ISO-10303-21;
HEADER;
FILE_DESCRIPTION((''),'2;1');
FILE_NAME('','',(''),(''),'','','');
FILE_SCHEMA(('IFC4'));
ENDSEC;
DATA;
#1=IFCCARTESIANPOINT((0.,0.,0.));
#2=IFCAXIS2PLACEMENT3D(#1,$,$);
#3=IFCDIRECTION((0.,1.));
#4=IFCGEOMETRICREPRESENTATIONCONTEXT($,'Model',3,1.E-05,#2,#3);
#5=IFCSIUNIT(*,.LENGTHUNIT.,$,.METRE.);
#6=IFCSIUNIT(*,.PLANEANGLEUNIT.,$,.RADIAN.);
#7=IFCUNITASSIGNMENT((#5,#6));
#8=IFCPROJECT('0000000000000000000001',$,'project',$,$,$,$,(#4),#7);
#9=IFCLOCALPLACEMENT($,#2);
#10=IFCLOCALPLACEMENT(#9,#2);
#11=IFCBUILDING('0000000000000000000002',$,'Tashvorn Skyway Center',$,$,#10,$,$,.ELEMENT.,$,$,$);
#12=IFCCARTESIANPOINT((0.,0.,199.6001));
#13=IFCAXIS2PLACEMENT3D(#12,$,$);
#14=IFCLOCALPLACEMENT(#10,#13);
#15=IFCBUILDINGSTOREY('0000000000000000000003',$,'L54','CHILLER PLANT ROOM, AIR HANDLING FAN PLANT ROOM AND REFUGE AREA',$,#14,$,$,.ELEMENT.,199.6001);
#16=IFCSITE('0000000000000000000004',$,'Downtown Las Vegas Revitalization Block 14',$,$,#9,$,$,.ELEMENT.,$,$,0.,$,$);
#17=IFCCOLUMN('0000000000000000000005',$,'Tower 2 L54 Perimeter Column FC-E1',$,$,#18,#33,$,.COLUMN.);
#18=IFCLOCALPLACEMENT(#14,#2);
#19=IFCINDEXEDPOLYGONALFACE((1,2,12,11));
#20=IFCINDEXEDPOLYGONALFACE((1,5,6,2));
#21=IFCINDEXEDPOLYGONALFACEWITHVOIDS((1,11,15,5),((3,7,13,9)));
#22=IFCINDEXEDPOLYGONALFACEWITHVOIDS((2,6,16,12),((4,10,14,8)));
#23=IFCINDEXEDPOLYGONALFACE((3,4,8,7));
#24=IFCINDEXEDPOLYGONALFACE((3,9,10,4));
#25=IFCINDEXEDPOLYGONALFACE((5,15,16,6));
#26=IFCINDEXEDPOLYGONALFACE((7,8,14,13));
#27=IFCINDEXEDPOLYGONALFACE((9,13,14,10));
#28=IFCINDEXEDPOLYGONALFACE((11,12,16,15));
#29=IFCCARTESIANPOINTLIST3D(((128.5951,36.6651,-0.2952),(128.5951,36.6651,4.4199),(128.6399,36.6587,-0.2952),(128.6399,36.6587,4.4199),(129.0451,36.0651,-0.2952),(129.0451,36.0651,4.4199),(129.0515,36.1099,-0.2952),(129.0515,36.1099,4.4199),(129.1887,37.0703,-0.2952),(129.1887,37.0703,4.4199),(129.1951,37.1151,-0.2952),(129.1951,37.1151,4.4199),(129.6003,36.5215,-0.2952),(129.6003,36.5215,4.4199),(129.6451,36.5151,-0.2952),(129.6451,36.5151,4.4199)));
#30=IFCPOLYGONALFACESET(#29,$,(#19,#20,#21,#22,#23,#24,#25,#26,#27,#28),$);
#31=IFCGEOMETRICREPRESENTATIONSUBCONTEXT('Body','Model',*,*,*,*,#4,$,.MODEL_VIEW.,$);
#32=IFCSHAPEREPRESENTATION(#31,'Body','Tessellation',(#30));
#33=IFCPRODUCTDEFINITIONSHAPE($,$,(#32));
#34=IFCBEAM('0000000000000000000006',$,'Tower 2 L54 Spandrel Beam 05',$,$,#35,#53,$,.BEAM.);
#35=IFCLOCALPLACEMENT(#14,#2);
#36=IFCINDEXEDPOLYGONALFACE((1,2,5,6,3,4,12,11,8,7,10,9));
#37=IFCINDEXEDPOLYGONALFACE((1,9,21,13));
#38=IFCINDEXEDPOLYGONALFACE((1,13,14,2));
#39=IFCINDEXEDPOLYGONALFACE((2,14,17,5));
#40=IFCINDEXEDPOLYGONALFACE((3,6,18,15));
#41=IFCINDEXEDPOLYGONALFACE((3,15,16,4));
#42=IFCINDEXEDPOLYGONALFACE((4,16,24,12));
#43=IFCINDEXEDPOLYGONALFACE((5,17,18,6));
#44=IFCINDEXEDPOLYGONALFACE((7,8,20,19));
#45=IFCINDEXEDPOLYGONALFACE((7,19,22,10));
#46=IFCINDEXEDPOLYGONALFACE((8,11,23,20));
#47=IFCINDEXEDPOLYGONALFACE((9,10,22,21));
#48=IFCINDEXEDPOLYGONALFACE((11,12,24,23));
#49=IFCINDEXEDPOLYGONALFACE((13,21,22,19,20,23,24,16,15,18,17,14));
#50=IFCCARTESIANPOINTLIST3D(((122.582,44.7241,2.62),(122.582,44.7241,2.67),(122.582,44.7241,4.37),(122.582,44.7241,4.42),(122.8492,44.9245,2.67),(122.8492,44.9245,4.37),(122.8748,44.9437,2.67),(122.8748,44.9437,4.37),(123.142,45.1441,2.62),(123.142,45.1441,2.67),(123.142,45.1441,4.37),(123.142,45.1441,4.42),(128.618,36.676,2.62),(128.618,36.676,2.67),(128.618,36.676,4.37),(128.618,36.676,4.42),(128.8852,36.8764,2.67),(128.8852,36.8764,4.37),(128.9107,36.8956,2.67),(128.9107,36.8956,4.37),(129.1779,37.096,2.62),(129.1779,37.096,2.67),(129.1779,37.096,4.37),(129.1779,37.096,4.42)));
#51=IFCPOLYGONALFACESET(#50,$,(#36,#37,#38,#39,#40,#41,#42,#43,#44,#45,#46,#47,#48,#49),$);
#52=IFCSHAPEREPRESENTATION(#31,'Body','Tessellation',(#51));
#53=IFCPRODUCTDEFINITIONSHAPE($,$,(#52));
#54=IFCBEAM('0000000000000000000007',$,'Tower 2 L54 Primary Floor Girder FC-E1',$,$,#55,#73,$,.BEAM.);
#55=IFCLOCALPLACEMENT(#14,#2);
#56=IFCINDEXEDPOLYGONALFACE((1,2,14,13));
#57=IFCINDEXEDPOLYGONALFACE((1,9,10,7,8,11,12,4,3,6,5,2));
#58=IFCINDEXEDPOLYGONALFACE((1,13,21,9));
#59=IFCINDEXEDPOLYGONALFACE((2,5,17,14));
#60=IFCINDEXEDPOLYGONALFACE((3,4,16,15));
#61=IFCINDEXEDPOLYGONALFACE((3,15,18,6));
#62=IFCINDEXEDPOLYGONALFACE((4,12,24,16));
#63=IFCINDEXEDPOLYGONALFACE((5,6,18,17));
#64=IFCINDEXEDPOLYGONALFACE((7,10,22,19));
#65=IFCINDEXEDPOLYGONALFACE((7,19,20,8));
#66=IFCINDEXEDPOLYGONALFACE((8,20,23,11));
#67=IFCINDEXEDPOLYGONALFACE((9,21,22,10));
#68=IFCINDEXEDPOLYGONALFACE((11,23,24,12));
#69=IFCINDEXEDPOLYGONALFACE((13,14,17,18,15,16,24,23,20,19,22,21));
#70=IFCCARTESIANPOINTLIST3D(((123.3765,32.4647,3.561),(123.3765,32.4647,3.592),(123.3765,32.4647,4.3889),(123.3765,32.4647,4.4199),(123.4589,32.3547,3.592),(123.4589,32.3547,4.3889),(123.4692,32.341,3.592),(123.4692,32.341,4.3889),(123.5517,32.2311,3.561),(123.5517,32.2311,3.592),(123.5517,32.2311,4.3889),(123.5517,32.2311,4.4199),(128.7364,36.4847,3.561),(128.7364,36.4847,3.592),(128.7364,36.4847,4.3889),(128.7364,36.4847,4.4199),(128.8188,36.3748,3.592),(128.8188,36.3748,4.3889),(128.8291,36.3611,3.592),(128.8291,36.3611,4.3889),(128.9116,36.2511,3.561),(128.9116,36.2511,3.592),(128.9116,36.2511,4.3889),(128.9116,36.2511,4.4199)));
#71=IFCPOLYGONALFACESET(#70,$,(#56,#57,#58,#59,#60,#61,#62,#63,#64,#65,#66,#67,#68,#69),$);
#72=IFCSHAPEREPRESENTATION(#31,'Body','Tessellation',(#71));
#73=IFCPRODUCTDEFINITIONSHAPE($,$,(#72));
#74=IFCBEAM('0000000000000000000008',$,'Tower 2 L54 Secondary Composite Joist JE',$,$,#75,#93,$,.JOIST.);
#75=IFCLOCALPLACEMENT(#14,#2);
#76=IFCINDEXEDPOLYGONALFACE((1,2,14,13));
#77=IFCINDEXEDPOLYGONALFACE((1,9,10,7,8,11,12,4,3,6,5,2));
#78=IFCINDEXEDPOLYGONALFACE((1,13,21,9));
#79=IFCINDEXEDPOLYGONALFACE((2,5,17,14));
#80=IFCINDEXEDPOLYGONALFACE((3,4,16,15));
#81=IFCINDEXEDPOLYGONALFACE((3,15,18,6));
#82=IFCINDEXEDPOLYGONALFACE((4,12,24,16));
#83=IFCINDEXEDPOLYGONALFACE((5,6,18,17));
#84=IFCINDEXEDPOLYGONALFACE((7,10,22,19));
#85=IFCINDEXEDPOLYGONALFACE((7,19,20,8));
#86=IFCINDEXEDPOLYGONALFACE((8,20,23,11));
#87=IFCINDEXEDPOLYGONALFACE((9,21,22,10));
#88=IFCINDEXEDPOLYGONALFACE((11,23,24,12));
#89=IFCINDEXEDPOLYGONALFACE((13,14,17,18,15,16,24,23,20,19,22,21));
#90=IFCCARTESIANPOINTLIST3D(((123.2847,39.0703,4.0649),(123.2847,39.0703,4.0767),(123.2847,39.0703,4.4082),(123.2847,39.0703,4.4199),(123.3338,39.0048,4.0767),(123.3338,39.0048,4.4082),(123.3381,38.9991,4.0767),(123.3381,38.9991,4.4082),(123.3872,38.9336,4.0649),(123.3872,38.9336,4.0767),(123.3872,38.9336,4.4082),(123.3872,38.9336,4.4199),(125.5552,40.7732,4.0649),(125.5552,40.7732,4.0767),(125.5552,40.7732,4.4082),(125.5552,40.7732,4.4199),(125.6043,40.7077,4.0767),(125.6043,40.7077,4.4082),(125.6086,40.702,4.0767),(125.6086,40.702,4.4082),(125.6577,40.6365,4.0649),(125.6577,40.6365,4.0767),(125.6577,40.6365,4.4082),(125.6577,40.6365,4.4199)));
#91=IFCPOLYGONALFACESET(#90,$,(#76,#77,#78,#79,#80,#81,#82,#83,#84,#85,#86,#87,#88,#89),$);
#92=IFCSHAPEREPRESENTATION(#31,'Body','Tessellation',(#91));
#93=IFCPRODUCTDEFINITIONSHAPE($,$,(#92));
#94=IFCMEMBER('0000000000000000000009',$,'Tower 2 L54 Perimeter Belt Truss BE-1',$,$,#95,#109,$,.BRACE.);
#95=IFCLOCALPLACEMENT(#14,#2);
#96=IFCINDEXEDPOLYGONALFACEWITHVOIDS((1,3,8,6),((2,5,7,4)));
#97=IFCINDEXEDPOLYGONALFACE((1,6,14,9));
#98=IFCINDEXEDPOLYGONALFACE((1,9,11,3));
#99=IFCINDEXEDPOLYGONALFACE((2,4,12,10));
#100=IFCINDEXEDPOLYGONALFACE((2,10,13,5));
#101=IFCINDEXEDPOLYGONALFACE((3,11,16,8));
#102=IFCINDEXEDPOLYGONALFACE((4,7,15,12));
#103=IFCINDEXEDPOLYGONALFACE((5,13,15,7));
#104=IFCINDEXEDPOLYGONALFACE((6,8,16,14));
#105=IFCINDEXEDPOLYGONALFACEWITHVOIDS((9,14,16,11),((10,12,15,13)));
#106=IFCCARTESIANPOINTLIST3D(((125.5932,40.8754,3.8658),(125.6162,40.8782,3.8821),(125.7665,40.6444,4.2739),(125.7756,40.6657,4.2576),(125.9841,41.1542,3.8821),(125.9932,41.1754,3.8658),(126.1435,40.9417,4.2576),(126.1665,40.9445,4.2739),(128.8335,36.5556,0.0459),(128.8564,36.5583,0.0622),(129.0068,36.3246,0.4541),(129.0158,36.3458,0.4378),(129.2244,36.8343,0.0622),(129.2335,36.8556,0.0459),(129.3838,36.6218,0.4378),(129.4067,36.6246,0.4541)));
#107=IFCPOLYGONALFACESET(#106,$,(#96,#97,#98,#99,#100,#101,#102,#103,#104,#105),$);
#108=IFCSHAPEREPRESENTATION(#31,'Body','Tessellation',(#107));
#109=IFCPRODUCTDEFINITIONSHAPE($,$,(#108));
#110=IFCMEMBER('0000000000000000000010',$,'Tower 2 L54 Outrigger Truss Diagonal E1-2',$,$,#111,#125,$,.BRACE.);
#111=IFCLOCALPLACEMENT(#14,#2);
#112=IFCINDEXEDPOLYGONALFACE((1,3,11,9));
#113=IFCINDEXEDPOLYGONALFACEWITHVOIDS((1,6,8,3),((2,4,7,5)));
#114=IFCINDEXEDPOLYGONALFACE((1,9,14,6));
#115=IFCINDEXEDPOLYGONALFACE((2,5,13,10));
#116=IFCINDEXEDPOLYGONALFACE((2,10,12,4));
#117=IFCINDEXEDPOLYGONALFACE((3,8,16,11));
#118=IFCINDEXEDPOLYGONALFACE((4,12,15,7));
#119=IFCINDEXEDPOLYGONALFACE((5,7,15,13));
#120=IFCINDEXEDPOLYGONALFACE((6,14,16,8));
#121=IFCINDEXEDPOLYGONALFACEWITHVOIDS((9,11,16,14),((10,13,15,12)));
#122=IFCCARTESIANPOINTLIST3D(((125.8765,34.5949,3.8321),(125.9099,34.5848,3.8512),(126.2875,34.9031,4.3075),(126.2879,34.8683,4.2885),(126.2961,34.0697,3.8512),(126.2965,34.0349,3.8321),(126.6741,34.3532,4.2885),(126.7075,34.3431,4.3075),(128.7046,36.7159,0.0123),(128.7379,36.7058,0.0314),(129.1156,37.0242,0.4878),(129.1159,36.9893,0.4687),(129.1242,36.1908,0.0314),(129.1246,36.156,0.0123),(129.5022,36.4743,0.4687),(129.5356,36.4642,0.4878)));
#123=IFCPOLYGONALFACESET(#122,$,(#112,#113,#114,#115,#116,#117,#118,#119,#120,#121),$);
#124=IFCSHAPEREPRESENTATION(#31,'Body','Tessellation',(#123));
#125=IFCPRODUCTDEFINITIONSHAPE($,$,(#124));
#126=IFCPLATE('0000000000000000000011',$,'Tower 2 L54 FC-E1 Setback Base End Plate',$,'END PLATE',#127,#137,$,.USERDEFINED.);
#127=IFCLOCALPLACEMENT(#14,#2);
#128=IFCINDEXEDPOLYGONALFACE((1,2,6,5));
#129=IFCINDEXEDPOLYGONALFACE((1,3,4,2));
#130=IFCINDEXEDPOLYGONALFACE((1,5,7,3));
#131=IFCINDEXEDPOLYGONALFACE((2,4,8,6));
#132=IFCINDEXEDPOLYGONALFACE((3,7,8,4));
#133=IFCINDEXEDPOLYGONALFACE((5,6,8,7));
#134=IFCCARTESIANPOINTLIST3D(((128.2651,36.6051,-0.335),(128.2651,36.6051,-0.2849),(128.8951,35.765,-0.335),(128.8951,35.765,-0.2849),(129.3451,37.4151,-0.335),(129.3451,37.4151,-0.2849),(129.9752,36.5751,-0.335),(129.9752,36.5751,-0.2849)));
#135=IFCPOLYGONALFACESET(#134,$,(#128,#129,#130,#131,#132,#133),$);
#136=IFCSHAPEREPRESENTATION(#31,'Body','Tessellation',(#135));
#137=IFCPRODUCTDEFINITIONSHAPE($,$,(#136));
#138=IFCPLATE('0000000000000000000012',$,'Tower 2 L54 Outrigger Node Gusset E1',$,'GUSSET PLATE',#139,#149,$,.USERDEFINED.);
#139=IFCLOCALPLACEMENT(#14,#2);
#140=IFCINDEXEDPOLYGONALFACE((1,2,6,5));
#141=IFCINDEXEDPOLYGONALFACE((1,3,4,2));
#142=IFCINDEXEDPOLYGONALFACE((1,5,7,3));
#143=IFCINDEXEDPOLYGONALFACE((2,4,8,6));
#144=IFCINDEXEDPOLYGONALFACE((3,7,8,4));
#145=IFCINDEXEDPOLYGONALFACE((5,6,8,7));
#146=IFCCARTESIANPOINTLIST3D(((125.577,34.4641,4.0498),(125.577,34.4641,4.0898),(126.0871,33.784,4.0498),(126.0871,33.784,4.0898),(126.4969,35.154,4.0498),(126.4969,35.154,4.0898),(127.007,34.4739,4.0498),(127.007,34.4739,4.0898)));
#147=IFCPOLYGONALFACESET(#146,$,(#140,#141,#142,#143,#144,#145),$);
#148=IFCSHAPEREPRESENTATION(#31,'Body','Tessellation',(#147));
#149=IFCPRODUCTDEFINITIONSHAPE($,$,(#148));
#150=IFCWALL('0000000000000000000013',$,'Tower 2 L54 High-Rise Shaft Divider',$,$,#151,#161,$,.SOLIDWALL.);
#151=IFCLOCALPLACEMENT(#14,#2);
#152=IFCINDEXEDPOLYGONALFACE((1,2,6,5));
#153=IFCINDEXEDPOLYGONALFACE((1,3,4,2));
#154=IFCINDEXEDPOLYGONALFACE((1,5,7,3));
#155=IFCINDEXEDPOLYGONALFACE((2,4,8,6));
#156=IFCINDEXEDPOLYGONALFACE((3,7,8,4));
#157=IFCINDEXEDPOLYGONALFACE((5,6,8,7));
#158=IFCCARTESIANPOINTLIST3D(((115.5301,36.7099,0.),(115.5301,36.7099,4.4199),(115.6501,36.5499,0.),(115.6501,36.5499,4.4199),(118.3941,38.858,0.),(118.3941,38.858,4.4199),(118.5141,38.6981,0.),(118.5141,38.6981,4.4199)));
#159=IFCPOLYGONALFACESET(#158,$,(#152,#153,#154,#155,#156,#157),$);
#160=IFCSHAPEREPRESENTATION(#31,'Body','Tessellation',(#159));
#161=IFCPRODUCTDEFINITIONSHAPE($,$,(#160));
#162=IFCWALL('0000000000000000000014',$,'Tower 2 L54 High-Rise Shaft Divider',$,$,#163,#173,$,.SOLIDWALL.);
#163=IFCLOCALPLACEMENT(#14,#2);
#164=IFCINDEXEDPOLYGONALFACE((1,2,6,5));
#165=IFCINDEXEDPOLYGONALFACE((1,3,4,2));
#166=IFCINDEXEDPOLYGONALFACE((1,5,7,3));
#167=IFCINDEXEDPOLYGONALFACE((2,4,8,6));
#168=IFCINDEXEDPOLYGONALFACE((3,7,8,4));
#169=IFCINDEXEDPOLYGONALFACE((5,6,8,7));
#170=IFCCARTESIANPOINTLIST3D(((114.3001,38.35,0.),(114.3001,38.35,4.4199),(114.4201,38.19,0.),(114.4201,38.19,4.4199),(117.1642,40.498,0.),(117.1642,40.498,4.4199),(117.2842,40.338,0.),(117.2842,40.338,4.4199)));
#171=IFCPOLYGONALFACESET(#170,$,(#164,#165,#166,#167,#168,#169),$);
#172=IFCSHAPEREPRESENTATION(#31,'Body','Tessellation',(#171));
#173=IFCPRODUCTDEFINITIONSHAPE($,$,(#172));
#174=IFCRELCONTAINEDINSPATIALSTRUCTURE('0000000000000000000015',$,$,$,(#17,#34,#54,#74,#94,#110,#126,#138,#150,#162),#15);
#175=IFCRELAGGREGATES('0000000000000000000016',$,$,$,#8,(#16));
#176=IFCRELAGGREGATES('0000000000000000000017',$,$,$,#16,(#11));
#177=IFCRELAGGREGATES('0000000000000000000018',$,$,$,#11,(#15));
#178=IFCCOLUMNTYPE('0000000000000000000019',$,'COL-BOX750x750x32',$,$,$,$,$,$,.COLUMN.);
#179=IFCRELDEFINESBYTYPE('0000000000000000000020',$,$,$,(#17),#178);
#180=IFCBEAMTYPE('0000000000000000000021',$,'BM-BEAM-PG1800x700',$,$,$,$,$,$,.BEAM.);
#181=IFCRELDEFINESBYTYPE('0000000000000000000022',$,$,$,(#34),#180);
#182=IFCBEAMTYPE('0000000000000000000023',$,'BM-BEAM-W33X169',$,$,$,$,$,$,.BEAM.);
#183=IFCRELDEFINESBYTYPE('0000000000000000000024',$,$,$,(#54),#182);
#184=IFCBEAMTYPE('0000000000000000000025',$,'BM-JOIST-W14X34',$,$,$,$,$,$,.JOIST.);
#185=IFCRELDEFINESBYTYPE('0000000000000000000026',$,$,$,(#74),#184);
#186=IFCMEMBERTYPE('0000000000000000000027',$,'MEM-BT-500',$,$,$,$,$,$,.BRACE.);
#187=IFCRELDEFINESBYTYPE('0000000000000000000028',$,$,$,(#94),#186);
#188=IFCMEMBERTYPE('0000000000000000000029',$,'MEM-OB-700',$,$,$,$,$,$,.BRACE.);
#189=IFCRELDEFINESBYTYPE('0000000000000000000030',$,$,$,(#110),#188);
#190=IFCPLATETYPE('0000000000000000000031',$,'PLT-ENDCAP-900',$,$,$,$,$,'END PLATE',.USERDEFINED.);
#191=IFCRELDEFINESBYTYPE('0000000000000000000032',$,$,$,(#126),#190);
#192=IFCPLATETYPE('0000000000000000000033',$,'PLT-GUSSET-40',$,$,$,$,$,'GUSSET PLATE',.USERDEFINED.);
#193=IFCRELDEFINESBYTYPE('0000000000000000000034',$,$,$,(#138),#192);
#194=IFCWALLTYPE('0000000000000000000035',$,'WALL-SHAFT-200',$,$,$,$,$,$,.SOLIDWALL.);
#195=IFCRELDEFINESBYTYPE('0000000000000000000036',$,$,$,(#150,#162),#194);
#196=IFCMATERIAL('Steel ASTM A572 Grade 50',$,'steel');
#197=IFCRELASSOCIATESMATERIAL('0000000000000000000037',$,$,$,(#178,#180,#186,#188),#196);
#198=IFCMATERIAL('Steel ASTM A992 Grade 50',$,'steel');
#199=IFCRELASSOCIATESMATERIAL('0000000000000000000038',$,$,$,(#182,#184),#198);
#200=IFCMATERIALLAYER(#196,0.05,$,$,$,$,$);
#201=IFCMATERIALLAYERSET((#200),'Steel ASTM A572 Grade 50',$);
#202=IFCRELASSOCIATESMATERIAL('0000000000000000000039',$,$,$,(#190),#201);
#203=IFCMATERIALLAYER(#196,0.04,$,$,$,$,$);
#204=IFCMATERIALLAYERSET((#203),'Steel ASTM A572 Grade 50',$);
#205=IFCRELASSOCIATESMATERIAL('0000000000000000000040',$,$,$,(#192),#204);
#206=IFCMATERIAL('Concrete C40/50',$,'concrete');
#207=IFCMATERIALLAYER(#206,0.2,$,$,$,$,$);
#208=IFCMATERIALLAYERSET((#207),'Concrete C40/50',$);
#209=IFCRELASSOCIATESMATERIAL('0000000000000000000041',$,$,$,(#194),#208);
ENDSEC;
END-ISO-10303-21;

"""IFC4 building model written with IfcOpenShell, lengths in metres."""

from ifc_helpers import new_model, si_unit, direction, frame, frame_2d, origin, origin_2d, place, context, subcontext, project, spatial, rectangle, hollow_rectangle, i_section, extrude, material, layer, layer_set, material_profile, profile_set, type_object, element, save


model = new_model("IFC4")

# Units and contexts
model_context = context("Model", 3, precision=1e-05, world=origin(), true_north=direction((0.0, 1.0)))
body_context = subcontext(model_context, "Body", "Model", "MODEL_VIEW")
ifc_project = project(units=[si_unit("LENGTHUNIT", "METRE"), si_unit("PLANEANGLEUNIT", "RADIAN")], contexts=[model_context])

# Site, building, storey
site_placement = place(None, origin())
site = spatial("IfcSite", under=ifc_project, at=site_placement, Name="Downtown Las Vegas Revitalization Block 14", CompositionType="ELEMENT", RefElevation=0.0)
building_placement = place(site_placement, origin())
building = spatial("IfcBuilding", under=site, at=building_placement, Name="Tashvorn Skyway Center", CompositionType="ELEMENT")
storey_placement = place(building_placement, frame((0.0, 0.0, 199.6001)))
storey = spatial("IfcBuildingStorey", under=building, at=storey_placement, Name="L54", Description="CHILLER PLANT ROOM, AIR HANDLING FAN PLANT ROOM AND REFUGE AREA", CompositionType="ELEMENT", Elevation=199.6001)

# Column
ifc_material_1 = material(Name="Steel ASTM A572 Grade 50", Category="steel")
ifc_material_profile_1 = material_profile(ifc_material_1, hollow_rectangle(XDim=0.75, YDim=0.75, WallThickness=0.032, at=origin_2d()), Name="BOX750x750x32")
ifc_profile_set_1 = profile_set([ifc_material_profile_1], Name="Steel ASTM A572 Grade 50")
column_type = type_object("IfcColumnType", Name="COL-BOX750x750x32", PredefinedType="COLUMN", material=ifc_profile_set_1)
column_placement = place(storey_placement, frame((129.1201, 36.5901, -0.2952), z_axis=(0.0, 0.0, 1.0), x_axis=(0.8, 0.6, 0.0)))
element("IfcColumn", 1, at=column_placement, inside=storey, type_object=column_type, Name="Tower 2 L54 Perimeter Column FC-E1", PredefinedType="COLUMN", context=body_context, shape_type="SweptSolid", body=[
    extrude(hollow_rectangle(XDim=0.75, YDim=0.75, WallThickness=0.032, at=origin_2d()), origin(), (0.0, 0.0, 1.0), 4.7151),
])

# Beams
ifc_material_profile_2 = material_profile(ifc_material_1, i_section(OverallWidth=0.7, OverallDepth=1.8, WebThickness=0.032, FlangeThickness=0.05, at=origin_2d()), Name="PG1800x700")
ifc_profile_set_2 = profile_set([ifc_material_profile_2], Name="Steel ASTM A572 Grade 50")
beam_type_1 = type_object("IfcBeamType", Name="BM-BEAM-PG1800x700", PredefinedType="BEAM", material=ifc_profile_set_2)
beam_1_placement = place(storey_placement, frame((128.8979, 36.886, 3.52), z_axis=(-0.599988, 0.800009, 0.0), x_axis=(-0.800009, -0.599988, 0.0)))
element("IfcBeam", 2, at=beam_1_placement, inside=storey, type_object=beam_type_1, Name="Tower 2 L54 Spandrel Beam 05", PredefinedType="BEAM", context=body_context, shape_type="SweptSolid", body=[
    extrude(i_section(OverallWidth=0.7, OverallDepth=1.8, WebThickness=0.032, FlangeThickness=0.05, at=origin_2d()), origin(), (0.0, 0.0, 1.0), 10.0601),
])
ifc_material_2 = material(Name="Steel ASTM A992 Grade 50", Category="steel")
ifc_material_profile_3 = material_profile(ifc_material_2, i_section(OverallWidth=0.292, OverallDepth=0.8589, WebThickness=0.0171, FlangeThickness=0.031, at=origin_2d()), Name="W33X169")
ifc_profile_set_3 = profile_set([ifc_material_profile_3], Name="Steel ASTM A992 Grade 50")
beam_type_2 = type_object("IfcBeamType", Name="BM-BEAM-W33X169", PredefinedType="BEAM", material=ifc_profile_set_3)
beam_2_placement = place(storey_placement, frame((128.824, 36.3679, 3.9905), z_axis=(-0.799991, -0.600012, 0.0), x_axis=(0.600012, -0.799991, 0.0)))
element("IfcBeam", 3, at=beam_2_placement, inside=storey, type_object=beam_type_2, Name="Tower 2 L54 Primary Floor Girder FC-E1", PredefinedType="BEAM", context=body_context, shape_type="SweptSolid", body=[
    extrude(i_section(OverallWidth=0.292, OverallDepth=0.8589, WebThickness=0.0171, FlangeThickness=0.031, at=origin_2d()), origin(), (0.0, 0.0, 1.0), 6.7),
])
ifc_material_profile_4 = material_profile(ifc_material_2, i_section(OverallWidth=0.1709, OverallDepth=0.355, WebThickness=0.0071, FlangeThickness=0.0117, at=origin_2d()), Name="W14X34")
ifc_profile_set_4 = profile_set([ifc_material_profile_4], Name="Steel ASTM A992 Grade 50")
beam_type_3 = type_object("IfcBeamType", Name="BM-JOIST-W14X34", PredefinedType="JOIST", material=ifc_profile_set_4)
beam_3_placement = place(storey_placement, frame((123.3359, 39.002, 4.2424), z_axis=(0.8, 0.6, 0.0), x_axis=(-0.6, 0.8, 0.0)))
element("IfcBeam", 4, at=beam_3_placement, inside=storey, type_object=beam_type_3, Name="Tower 2 L54 Secondary Composite Joist JE", PredefinedType="JOIST", context=body_context, shape_type="SweptSolid", body=[
    extrude(i_section(OverallWidth=0.1709, OverallDepth=0.355, WebThickness=0.0071, FlangeThickness=0.0117, at=origin_2d()), origin(), (0.0, 0.0, 1.0), 2.8381),
])

# Members
ifc_material_profile_5 = material_profile(ifc_material_1, hollow_rectangle(XDim=0.5, YDim=0.5, WallThickness=0.02, at=origin_2d()), Name="HSS500x500x20")
ifc_profile_set_5 = profile_set([ifc_material_profile_5], Name="Steel ASTM A572 Grade 50")
member_type_1 = type_object("IfcMemberType", Name="MEM-BT-500", PredefinedType="BRACE", material=ifc_profile_set_5)
member_1_placement = place(storey_placement, frame((129.1201, 36.5901, 0.25), z_axis=(-0.489871, 0.653088, 0.577496), x_axis=(-0.799967, -0.600043, 0.0)))
element("IfcMember", 5, at=member_1_placement, inside=storey, type_object=member_type_1, Name="Tower 2 L54 Perimeter Belt Truss BE-1", PredefinedType="BRACE", context=body_context, shape_type="SweptSolid", body=[
    extrude(hollow_rectangle(XDim=0.5, YDim=0.5, WallThickness=0.02, at=origin_2d()), origin(), (0.0, 0.0, 1.0), 6.6145),
])
ifc_material_profile_6 = material_profile(ifc_material_1, hollow_rectangle(XDim=0.7, YDim=0.7, WallThickness=0.0281, at=origin_2d()), Name="BOX700x700x28")
ifc_profile_set_6 = profile_set([ifc_material_profile_6], Name="Steel ASTM A572 Grade 50")
member_type_2 = type_object("IfcMemberType", Name="MEM-OB-700", PredefinedType="BRACE", material=ifc_profile_set_6)
member_2_placement = place(storey_placement, frame((126.292, 34.469, 4.0698), z_axis=(0.543384, 0.407538, -0.733925), x_axis=(-0.6, 0.8, 0.0)))
element("IfcMember", 6, at=member_2_placement, inside=storey, type_object=member_type_2, Name="Tower 2 L54 Outrigger Truss Diagonal E1-2", PredefinedType="BRACE", context=body_context, shape_type="SweptSolid", body=[
    extrude(hollow_rectangle(XDim=0.7, YDim=0.7, WallThickness=0.0281, at=origin_2d()), origin(), (0.0, 0.0, 1.0), 5.2046),
])

# Plates
ifc_layer_1 = layer(ifc_material_1, 0.05)
ifc_layer_set_1 = layer_set([ifc_layer_1], Name="Steel ASTM A572 Grade 50")
plate_type_1 = type_object("IfcPlateType", Name="PLT-ENDCAP-900", ElementType="END PLATE", PredefinedType="USERDEFINED", material=ifc_layer_set_1)
plate_1_placement = place(storey_placement, frame((129.1201, 36.5901, -0.335), z_axis=(0.0, 0.0, 1.0), x_axis=(0.8, 0.6, 0.0)))
element("IfcPlate", 7, at=plate_1_placement, inside=storey, type_object=plate_type_1, Name="Tower 2 L54 FC-E1 Setback Base End Plate", ObjectType="END PLATE", PredefinedType="USERDEFINED", context=body_context, shape_type="SweptSolid", body=[
    extrude(rectangle(XDim=1.3501, YDim=1.05, at=origin_2d()), origin(), (0.0, 0.0, 1.0), 0.05),
])
ifc_layer_2 = layer(ifc_material_1, 0.04)
ifc_layer_set_2 = layer_set([ifc_layer_2], Name="Steel ASTM A572 Grade 50")
plate_type_2 = type_object("IfcPlateType", Name="PLT-GUSSET-40", ElementType="GUSSET PLATE", PredefinedType="USERDEFINED", material=ifc_layer_set_2)
plate_2_placement = place(storey_placement, frame((126.292, 34.469, 4.0498), z_axis=(0.0, 0.0, 1.0), x_axis=(0.8, 0.6, 0.0)))
element("IfcPlate", 8, at=plate_2_placement, inside=storey, type_object=plate_type_2, Name="Tower 2 L54 Outrigger Node Gusset E1", ObjectType="GUSSET PLATE", PredefinedType="USERDEFINED", context=body_context, shape_type="SweptSolid", body=[
    extrude(rectangle(XDim=1.1499, YDim=0.8501, at=origin_2d()), origin(), (0.0, 0.0, 1.0), 0.04),
])

# Walls
ifc_material_3 = material(Name="Concrete C40/50", Category="concrete")
ifc_layer_3 = layer(ifc_material_3, 0.2)
ifc_layer_set_3 = layer_set([ifc_layer_3], Name="Concrete C40/50")
wall_type_1 = type_object("IfcWallType", Name="WALL-SHAFT-200", PredefinedType="SOLIDWALL", material=ifc_layer_set_3)
for number, where, z_axis, x_axis, name in (
    (9, (115.5901, 36.6299, 0.0), (0.0, 0.0, 1.0), (0.799975, 0.600033, 0.0), "Tower 2 L54 High-Rise Shaft Divider"),
    (10, (114.3601, 38.27, 0.0), (0.0, 0.0, 1.0), (0.800008, 0.599989, 0.0), "Tower 2 L54 High-Rise Shaft Divider"),
):
    element("IfcWall", number, at=place(storey_placement, frame(where, z_axis=z_axis, x_axis=x_axis)), inside=storey, type_object=wall_type_1, Name=name, PredefinedType="SOLIDWALL", context=body_context, shape_type="SweptSolid", body=[
        extrude(rectangle(XDim=3.5801, YDim=0.2, at=frame_2d((1.79, 0.0))), origin(), (0.0, 0.0, 1.0), 4.4199),
    ])

save(model, "model.ifc")
